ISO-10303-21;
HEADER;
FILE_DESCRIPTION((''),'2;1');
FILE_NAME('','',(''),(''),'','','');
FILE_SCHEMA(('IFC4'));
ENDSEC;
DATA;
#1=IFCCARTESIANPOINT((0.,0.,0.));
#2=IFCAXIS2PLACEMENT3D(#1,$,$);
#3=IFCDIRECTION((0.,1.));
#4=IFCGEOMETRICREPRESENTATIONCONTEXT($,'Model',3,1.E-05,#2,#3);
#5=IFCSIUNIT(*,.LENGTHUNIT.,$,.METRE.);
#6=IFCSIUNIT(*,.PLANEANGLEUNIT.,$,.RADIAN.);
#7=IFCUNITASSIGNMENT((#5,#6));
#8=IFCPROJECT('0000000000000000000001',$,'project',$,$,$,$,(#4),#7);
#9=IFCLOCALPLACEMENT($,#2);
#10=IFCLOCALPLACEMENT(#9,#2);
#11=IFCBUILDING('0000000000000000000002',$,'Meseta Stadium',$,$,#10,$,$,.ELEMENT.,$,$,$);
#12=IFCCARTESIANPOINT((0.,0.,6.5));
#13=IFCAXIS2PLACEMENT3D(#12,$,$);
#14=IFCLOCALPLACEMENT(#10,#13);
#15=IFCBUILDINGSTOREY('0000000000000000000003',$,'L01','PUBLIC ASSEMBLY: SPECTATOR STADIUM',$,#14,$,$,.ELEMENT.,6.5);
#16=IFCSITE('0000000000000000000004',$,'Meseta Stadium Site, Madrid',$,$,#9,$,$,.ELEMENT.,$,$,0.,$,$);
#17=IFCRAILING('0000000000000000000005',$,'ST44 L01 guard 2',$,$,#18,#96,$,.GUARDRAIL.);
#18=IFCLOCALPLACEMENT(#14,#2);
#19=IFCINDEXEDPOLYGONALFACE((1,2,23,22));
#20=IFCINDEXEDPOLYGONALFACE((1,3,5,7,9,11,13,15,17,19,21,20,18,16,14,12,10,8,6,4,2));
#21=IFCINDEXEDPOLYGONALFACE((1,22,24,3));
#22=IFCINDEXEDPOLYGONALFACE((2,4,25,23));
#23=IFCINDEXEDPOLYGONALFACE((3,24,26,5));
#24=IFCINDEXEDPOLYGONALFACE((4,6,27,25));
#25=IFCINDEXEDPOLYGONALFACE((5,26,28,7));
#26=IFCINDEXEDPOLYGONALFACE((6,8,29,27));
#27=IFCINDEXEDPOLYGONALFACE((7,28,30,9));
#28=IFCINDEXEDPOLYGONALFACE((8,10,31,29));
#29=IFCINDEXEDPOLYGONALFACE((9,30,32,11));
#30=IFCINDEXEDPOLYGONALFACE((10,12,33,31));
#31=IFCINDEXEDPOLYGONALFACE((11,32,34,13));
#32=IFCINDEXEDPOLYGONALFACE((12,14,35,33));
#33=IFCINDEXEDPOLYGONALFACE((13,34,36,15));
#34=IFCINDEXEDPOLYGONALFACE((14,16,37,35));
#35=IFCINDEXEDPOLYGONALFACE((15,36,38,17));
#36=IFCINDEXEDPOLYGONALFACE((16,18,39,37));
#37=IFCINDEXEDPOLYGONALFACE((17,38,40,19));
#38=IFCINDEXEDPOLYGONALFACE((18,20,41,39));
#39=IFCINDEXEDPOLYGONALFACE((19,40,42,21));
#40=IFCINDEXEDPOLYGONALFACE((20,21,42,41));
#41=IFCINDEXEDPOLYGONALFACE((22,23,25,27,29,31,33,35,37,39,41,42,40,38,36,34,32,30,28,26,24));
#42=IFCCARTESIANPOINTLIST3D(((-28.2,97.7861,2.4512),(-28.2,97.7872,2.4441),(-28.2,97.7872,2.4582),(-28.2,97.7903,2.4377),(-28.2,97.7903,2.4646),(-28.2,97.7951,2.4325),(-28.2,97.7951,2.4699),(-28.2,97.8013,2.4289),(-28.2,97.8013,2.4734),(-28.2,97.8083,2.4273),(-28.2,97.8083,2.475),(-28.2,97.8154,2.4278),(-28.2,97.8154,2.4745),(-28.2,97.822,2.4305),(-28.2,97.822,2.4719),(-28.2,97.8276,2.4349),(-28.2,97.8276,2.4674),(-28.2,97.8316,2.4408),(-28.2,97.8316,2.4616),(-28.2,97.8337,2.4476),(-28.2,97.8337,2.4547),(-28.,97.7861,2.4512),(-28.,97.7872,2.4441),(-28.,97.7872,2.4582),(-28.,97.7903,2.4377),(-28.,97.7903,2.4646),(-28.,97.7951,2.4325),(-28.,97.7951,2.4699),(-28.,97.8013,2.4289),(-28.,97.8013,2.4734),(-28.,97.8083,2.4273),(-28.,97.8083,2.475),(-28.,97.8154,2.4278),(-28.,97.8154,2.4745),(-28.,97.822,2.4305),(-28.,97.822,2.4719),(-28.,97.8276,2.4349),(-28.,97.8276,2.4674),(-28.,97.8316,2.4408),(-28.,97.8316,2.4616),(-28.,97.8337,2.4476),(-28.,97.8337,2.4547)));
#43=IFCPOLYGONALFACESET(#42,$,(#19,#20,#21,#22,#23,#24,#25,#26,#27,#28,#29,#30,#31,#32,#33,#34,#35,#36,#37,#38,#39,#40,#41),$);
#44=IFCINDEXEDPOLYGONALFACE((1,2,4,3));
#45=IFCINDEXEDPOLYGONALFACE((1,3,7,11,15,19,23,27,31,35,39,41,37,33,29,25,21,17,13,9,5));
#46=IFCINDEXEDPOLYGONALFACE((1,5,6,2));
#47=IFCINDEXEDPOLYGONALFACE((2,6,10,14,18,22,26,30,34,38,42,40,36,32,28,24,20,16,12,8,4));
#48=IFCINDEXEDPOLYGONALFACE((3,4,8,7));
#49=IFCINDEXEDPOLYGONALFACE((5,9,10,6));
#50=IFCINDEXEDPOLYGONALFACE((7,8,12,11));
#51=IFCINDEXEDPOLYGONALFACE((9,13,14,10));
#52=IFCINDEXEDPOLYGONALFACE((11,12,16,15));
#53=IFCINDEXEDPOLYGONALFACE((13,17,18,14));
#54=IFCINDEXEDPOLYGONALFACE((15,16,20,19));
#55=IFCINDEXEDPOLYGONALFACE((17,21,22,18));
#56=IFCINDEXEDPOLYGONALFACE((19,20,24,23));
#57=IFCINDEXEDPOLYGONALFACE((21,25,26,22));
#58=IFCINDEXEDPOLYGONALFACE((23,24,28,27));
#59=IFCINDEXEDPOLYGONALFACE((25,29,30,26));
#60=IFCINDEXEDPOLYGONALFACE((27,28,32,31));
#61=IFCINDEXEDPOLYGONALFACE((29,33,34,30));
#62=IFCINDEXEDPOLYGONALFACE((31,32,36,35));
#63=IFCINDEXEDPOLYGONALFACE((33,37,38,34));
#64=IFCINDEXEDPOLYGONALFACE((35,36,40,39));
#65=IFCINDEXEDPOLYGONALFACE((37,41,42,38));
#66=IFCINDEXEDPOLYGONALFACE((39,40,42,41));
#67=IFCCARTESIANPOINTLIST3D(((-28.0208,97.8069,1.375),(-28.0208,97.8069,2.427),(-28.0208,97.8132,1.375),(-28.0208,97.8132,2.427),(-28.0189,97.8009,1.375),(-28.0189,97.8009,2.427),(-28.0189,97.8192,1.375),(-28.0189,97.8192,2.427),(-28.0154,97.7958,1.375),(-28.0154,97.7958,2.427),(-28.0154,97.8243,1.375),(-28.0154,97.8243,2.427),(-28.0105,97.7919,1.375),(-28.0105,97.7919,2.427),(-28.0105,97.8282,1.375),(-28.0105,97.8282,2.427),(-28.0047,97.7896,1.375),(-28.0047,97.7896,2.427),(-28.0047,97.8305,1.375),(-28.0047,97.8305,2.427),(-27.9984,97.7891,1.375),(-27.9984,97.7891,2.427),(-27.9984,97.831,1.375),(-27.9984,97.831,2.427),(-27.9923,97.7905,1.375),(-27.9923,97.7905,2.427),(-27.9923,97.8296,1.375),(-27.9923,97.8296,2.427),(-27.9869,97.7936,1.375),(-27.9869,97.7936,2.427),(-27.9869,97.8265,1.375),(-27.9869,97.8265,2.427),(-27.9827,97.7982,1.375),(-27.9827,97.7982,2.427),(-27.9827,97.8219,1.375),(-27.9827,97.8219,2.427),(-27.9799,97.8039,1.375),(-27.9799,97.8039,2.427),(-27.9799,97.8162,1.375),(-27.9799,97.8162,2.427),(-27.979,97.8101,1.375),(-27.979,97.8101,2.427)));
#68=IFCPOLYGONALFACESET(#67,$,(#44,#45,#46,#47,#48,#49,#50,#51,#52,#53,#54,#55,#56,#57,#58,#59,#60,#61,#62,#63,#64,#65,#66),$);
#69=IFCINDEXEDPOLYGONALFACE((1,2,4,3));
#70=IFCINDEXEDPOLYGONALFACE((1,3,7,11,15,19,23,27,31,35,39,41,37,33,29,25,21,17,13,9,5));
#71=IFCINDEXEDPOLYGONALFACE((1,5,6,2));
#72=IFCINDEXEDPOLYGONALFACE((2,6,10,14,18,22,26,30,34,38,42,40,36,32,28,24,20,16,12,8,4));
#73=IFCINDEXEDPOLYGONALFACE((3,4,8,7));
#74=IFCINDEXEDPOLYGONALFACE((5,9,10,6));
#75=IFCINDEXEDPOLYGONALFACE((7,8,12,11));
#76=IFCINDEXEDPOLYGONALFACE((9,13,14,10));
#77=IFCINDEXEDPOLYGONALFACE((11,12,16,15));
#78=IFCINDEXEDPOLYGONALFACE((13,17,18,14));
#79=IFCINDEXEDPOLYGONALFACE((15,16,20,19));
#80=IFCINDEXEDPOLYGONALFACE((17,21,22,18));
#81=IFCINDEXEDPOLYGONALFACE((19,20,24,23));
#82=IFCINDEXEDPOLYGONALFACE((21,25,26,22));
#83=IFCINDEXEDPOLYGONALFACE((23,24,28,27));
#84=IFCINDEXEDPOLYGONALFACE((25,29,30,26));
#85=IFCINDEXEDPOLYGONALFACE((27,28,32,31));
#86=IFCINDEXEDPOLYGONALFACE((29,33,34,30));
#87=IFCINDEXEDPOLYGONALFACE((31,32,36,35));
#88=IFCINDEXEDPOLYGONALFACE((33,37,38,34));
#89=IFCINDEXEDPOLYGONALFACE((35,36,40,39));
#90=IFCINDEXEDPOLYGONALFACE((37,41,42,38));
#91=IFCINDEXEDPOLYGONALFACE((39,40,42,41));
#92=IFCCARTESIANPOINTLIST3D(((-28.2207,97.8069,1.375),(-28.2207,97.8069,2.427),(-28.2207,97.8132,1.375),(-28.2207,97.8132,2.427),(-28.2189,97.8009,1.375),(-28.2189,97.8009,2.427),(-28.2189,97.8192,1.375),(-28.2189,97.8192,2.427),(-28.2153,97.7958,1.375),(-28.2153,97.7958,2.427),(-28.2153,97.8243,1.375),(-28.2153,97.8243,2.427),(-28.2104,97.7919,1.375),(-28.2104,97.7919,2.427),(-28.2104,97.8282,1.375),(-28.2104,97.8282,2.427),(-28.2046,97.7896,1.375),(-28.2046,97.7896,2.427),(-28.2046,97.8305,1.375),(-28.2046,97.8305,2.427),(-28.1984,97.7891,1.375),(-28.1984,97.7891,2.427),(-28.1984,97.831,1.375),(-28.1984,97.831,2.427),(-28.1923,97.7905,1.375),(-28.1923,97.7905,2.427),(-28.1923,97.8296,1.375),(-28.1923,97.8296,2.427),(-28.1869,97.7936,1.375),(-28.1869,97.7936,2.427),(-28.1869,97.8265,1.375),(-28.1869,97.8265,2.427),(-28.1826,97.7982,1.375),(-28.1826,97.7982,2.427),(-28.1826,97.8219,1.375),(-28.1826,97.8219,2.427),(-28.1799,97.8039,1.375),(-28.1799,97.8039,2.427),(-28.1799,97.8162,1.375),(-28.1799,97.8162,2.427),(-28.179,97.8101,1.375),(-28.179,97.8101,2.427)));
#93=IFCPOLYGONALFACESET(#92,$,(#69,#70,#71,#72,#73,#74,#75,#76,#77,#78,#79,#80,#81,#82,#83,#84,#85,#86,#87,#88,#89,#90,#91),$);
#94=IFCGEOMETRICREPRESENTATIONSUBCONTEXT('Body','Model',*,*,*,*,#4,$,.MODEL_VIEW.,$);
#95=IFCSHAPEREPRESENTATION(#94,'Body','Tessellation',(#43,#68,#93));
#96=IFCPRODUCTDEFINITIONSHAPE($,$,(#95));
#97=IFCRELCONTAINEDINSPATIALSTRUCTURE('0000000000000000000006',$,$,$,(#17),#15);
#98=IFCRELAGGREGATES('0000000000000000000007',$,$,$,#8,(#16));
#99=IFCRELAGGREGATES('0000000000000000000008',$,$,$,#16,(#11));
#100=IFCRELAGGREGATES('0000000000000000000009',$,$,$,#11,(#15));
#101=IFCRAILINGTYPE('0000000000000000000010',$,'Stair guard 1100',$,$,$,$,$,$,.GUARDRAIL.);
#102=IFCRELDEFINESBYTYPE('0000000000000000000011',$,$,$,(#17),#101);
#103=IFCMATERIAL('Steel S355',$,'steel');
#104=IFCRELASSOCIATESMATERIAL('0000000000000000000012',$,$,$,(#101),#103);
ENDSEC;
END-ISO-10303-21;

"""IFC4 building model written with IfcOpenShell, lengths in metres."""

from ifc_helpers import new_model, si_unit, direction, frame, origin, origin_2d, place, context, subcontext, project, spatial, circle, extrude, material, type_object, element, save


model = new_model("IFC4")

# Units and contexts
model_context = context("Model", 3, precision=1e-05, world=origin(), true_north=direction((0.0, 1.0)))
body_context = subcontext(model_context, "Body", "Model", "MODEL_VIEW")
ifc_project = project(units=[si_unit("LENGTHUNIT", "METRE"), si_unit("PLANEANGLEUNIT", "RADIAN")], contexts=[model_context])

# Site, building, storey
site_placement = place(None, origin())
site = spatial("IfcSite", under=ifc_project, at=site_placement, Name="Meseta Stadium Site, Madrid", CompositionType="ELEMENT", RefElevation=0.0)
building_placement = place(site_placement, origin())
building = spatial("IfcBuilding", under=site, at=building_placement, Name="Meseta Stadium", CompositionType="ELEMENT")
storey_placement = place(building_placement, frame((0.0, 0.0, 6.5)))
storey = spatial("IfcBuildingStorey", under=building, at=storey_placement, Name="L01", Description="PUBLIC ASSEMBLY: SPECTATOR STADIUM", CompositionType="ELEMENT", Elevation=6.5)

# Railing
ifc_material_1 = material(Name="Steel S355", Category="steel")
railing_type_1 = type_object("IfcRailingType", Name="Stair guard 1100", PredefinedType="GUARDRAIL", material=ifc_material_1)
railing_1_placement = place(storey_placement, frame((-28.0, 97.8101, 1.375)))
element("IfcRailing", 1, at=railing_1_placement, inside=storey, type_object=railing_type_1, Name="ST44 L01 guard 2", PredefinedType="GUARDRAIL", context=body_context, shape_type="SweptSolid", body=[
    extrude(circle(Radius=0.0239, at=origin_2d()), frame((0.0, 0.0, 1.0762), z_axis=(-1.0, 0.0, 0.0), x_axis=(0.0, -1.0, 0.0)), (0.0, 0.0, 1.0), 0.2),
    extrude(circle(Radius=0.021, at=origin_2d()), origin(), (0.0, 0.0, 1.0), 1.052),
    extrude(circle(Radius=0.021, at=origin_2d()), frame((-0.2, 0.0, 0.0)), (0.0, 0.0, 1.0), 1.052),
])

save(model, "model.ifc")
